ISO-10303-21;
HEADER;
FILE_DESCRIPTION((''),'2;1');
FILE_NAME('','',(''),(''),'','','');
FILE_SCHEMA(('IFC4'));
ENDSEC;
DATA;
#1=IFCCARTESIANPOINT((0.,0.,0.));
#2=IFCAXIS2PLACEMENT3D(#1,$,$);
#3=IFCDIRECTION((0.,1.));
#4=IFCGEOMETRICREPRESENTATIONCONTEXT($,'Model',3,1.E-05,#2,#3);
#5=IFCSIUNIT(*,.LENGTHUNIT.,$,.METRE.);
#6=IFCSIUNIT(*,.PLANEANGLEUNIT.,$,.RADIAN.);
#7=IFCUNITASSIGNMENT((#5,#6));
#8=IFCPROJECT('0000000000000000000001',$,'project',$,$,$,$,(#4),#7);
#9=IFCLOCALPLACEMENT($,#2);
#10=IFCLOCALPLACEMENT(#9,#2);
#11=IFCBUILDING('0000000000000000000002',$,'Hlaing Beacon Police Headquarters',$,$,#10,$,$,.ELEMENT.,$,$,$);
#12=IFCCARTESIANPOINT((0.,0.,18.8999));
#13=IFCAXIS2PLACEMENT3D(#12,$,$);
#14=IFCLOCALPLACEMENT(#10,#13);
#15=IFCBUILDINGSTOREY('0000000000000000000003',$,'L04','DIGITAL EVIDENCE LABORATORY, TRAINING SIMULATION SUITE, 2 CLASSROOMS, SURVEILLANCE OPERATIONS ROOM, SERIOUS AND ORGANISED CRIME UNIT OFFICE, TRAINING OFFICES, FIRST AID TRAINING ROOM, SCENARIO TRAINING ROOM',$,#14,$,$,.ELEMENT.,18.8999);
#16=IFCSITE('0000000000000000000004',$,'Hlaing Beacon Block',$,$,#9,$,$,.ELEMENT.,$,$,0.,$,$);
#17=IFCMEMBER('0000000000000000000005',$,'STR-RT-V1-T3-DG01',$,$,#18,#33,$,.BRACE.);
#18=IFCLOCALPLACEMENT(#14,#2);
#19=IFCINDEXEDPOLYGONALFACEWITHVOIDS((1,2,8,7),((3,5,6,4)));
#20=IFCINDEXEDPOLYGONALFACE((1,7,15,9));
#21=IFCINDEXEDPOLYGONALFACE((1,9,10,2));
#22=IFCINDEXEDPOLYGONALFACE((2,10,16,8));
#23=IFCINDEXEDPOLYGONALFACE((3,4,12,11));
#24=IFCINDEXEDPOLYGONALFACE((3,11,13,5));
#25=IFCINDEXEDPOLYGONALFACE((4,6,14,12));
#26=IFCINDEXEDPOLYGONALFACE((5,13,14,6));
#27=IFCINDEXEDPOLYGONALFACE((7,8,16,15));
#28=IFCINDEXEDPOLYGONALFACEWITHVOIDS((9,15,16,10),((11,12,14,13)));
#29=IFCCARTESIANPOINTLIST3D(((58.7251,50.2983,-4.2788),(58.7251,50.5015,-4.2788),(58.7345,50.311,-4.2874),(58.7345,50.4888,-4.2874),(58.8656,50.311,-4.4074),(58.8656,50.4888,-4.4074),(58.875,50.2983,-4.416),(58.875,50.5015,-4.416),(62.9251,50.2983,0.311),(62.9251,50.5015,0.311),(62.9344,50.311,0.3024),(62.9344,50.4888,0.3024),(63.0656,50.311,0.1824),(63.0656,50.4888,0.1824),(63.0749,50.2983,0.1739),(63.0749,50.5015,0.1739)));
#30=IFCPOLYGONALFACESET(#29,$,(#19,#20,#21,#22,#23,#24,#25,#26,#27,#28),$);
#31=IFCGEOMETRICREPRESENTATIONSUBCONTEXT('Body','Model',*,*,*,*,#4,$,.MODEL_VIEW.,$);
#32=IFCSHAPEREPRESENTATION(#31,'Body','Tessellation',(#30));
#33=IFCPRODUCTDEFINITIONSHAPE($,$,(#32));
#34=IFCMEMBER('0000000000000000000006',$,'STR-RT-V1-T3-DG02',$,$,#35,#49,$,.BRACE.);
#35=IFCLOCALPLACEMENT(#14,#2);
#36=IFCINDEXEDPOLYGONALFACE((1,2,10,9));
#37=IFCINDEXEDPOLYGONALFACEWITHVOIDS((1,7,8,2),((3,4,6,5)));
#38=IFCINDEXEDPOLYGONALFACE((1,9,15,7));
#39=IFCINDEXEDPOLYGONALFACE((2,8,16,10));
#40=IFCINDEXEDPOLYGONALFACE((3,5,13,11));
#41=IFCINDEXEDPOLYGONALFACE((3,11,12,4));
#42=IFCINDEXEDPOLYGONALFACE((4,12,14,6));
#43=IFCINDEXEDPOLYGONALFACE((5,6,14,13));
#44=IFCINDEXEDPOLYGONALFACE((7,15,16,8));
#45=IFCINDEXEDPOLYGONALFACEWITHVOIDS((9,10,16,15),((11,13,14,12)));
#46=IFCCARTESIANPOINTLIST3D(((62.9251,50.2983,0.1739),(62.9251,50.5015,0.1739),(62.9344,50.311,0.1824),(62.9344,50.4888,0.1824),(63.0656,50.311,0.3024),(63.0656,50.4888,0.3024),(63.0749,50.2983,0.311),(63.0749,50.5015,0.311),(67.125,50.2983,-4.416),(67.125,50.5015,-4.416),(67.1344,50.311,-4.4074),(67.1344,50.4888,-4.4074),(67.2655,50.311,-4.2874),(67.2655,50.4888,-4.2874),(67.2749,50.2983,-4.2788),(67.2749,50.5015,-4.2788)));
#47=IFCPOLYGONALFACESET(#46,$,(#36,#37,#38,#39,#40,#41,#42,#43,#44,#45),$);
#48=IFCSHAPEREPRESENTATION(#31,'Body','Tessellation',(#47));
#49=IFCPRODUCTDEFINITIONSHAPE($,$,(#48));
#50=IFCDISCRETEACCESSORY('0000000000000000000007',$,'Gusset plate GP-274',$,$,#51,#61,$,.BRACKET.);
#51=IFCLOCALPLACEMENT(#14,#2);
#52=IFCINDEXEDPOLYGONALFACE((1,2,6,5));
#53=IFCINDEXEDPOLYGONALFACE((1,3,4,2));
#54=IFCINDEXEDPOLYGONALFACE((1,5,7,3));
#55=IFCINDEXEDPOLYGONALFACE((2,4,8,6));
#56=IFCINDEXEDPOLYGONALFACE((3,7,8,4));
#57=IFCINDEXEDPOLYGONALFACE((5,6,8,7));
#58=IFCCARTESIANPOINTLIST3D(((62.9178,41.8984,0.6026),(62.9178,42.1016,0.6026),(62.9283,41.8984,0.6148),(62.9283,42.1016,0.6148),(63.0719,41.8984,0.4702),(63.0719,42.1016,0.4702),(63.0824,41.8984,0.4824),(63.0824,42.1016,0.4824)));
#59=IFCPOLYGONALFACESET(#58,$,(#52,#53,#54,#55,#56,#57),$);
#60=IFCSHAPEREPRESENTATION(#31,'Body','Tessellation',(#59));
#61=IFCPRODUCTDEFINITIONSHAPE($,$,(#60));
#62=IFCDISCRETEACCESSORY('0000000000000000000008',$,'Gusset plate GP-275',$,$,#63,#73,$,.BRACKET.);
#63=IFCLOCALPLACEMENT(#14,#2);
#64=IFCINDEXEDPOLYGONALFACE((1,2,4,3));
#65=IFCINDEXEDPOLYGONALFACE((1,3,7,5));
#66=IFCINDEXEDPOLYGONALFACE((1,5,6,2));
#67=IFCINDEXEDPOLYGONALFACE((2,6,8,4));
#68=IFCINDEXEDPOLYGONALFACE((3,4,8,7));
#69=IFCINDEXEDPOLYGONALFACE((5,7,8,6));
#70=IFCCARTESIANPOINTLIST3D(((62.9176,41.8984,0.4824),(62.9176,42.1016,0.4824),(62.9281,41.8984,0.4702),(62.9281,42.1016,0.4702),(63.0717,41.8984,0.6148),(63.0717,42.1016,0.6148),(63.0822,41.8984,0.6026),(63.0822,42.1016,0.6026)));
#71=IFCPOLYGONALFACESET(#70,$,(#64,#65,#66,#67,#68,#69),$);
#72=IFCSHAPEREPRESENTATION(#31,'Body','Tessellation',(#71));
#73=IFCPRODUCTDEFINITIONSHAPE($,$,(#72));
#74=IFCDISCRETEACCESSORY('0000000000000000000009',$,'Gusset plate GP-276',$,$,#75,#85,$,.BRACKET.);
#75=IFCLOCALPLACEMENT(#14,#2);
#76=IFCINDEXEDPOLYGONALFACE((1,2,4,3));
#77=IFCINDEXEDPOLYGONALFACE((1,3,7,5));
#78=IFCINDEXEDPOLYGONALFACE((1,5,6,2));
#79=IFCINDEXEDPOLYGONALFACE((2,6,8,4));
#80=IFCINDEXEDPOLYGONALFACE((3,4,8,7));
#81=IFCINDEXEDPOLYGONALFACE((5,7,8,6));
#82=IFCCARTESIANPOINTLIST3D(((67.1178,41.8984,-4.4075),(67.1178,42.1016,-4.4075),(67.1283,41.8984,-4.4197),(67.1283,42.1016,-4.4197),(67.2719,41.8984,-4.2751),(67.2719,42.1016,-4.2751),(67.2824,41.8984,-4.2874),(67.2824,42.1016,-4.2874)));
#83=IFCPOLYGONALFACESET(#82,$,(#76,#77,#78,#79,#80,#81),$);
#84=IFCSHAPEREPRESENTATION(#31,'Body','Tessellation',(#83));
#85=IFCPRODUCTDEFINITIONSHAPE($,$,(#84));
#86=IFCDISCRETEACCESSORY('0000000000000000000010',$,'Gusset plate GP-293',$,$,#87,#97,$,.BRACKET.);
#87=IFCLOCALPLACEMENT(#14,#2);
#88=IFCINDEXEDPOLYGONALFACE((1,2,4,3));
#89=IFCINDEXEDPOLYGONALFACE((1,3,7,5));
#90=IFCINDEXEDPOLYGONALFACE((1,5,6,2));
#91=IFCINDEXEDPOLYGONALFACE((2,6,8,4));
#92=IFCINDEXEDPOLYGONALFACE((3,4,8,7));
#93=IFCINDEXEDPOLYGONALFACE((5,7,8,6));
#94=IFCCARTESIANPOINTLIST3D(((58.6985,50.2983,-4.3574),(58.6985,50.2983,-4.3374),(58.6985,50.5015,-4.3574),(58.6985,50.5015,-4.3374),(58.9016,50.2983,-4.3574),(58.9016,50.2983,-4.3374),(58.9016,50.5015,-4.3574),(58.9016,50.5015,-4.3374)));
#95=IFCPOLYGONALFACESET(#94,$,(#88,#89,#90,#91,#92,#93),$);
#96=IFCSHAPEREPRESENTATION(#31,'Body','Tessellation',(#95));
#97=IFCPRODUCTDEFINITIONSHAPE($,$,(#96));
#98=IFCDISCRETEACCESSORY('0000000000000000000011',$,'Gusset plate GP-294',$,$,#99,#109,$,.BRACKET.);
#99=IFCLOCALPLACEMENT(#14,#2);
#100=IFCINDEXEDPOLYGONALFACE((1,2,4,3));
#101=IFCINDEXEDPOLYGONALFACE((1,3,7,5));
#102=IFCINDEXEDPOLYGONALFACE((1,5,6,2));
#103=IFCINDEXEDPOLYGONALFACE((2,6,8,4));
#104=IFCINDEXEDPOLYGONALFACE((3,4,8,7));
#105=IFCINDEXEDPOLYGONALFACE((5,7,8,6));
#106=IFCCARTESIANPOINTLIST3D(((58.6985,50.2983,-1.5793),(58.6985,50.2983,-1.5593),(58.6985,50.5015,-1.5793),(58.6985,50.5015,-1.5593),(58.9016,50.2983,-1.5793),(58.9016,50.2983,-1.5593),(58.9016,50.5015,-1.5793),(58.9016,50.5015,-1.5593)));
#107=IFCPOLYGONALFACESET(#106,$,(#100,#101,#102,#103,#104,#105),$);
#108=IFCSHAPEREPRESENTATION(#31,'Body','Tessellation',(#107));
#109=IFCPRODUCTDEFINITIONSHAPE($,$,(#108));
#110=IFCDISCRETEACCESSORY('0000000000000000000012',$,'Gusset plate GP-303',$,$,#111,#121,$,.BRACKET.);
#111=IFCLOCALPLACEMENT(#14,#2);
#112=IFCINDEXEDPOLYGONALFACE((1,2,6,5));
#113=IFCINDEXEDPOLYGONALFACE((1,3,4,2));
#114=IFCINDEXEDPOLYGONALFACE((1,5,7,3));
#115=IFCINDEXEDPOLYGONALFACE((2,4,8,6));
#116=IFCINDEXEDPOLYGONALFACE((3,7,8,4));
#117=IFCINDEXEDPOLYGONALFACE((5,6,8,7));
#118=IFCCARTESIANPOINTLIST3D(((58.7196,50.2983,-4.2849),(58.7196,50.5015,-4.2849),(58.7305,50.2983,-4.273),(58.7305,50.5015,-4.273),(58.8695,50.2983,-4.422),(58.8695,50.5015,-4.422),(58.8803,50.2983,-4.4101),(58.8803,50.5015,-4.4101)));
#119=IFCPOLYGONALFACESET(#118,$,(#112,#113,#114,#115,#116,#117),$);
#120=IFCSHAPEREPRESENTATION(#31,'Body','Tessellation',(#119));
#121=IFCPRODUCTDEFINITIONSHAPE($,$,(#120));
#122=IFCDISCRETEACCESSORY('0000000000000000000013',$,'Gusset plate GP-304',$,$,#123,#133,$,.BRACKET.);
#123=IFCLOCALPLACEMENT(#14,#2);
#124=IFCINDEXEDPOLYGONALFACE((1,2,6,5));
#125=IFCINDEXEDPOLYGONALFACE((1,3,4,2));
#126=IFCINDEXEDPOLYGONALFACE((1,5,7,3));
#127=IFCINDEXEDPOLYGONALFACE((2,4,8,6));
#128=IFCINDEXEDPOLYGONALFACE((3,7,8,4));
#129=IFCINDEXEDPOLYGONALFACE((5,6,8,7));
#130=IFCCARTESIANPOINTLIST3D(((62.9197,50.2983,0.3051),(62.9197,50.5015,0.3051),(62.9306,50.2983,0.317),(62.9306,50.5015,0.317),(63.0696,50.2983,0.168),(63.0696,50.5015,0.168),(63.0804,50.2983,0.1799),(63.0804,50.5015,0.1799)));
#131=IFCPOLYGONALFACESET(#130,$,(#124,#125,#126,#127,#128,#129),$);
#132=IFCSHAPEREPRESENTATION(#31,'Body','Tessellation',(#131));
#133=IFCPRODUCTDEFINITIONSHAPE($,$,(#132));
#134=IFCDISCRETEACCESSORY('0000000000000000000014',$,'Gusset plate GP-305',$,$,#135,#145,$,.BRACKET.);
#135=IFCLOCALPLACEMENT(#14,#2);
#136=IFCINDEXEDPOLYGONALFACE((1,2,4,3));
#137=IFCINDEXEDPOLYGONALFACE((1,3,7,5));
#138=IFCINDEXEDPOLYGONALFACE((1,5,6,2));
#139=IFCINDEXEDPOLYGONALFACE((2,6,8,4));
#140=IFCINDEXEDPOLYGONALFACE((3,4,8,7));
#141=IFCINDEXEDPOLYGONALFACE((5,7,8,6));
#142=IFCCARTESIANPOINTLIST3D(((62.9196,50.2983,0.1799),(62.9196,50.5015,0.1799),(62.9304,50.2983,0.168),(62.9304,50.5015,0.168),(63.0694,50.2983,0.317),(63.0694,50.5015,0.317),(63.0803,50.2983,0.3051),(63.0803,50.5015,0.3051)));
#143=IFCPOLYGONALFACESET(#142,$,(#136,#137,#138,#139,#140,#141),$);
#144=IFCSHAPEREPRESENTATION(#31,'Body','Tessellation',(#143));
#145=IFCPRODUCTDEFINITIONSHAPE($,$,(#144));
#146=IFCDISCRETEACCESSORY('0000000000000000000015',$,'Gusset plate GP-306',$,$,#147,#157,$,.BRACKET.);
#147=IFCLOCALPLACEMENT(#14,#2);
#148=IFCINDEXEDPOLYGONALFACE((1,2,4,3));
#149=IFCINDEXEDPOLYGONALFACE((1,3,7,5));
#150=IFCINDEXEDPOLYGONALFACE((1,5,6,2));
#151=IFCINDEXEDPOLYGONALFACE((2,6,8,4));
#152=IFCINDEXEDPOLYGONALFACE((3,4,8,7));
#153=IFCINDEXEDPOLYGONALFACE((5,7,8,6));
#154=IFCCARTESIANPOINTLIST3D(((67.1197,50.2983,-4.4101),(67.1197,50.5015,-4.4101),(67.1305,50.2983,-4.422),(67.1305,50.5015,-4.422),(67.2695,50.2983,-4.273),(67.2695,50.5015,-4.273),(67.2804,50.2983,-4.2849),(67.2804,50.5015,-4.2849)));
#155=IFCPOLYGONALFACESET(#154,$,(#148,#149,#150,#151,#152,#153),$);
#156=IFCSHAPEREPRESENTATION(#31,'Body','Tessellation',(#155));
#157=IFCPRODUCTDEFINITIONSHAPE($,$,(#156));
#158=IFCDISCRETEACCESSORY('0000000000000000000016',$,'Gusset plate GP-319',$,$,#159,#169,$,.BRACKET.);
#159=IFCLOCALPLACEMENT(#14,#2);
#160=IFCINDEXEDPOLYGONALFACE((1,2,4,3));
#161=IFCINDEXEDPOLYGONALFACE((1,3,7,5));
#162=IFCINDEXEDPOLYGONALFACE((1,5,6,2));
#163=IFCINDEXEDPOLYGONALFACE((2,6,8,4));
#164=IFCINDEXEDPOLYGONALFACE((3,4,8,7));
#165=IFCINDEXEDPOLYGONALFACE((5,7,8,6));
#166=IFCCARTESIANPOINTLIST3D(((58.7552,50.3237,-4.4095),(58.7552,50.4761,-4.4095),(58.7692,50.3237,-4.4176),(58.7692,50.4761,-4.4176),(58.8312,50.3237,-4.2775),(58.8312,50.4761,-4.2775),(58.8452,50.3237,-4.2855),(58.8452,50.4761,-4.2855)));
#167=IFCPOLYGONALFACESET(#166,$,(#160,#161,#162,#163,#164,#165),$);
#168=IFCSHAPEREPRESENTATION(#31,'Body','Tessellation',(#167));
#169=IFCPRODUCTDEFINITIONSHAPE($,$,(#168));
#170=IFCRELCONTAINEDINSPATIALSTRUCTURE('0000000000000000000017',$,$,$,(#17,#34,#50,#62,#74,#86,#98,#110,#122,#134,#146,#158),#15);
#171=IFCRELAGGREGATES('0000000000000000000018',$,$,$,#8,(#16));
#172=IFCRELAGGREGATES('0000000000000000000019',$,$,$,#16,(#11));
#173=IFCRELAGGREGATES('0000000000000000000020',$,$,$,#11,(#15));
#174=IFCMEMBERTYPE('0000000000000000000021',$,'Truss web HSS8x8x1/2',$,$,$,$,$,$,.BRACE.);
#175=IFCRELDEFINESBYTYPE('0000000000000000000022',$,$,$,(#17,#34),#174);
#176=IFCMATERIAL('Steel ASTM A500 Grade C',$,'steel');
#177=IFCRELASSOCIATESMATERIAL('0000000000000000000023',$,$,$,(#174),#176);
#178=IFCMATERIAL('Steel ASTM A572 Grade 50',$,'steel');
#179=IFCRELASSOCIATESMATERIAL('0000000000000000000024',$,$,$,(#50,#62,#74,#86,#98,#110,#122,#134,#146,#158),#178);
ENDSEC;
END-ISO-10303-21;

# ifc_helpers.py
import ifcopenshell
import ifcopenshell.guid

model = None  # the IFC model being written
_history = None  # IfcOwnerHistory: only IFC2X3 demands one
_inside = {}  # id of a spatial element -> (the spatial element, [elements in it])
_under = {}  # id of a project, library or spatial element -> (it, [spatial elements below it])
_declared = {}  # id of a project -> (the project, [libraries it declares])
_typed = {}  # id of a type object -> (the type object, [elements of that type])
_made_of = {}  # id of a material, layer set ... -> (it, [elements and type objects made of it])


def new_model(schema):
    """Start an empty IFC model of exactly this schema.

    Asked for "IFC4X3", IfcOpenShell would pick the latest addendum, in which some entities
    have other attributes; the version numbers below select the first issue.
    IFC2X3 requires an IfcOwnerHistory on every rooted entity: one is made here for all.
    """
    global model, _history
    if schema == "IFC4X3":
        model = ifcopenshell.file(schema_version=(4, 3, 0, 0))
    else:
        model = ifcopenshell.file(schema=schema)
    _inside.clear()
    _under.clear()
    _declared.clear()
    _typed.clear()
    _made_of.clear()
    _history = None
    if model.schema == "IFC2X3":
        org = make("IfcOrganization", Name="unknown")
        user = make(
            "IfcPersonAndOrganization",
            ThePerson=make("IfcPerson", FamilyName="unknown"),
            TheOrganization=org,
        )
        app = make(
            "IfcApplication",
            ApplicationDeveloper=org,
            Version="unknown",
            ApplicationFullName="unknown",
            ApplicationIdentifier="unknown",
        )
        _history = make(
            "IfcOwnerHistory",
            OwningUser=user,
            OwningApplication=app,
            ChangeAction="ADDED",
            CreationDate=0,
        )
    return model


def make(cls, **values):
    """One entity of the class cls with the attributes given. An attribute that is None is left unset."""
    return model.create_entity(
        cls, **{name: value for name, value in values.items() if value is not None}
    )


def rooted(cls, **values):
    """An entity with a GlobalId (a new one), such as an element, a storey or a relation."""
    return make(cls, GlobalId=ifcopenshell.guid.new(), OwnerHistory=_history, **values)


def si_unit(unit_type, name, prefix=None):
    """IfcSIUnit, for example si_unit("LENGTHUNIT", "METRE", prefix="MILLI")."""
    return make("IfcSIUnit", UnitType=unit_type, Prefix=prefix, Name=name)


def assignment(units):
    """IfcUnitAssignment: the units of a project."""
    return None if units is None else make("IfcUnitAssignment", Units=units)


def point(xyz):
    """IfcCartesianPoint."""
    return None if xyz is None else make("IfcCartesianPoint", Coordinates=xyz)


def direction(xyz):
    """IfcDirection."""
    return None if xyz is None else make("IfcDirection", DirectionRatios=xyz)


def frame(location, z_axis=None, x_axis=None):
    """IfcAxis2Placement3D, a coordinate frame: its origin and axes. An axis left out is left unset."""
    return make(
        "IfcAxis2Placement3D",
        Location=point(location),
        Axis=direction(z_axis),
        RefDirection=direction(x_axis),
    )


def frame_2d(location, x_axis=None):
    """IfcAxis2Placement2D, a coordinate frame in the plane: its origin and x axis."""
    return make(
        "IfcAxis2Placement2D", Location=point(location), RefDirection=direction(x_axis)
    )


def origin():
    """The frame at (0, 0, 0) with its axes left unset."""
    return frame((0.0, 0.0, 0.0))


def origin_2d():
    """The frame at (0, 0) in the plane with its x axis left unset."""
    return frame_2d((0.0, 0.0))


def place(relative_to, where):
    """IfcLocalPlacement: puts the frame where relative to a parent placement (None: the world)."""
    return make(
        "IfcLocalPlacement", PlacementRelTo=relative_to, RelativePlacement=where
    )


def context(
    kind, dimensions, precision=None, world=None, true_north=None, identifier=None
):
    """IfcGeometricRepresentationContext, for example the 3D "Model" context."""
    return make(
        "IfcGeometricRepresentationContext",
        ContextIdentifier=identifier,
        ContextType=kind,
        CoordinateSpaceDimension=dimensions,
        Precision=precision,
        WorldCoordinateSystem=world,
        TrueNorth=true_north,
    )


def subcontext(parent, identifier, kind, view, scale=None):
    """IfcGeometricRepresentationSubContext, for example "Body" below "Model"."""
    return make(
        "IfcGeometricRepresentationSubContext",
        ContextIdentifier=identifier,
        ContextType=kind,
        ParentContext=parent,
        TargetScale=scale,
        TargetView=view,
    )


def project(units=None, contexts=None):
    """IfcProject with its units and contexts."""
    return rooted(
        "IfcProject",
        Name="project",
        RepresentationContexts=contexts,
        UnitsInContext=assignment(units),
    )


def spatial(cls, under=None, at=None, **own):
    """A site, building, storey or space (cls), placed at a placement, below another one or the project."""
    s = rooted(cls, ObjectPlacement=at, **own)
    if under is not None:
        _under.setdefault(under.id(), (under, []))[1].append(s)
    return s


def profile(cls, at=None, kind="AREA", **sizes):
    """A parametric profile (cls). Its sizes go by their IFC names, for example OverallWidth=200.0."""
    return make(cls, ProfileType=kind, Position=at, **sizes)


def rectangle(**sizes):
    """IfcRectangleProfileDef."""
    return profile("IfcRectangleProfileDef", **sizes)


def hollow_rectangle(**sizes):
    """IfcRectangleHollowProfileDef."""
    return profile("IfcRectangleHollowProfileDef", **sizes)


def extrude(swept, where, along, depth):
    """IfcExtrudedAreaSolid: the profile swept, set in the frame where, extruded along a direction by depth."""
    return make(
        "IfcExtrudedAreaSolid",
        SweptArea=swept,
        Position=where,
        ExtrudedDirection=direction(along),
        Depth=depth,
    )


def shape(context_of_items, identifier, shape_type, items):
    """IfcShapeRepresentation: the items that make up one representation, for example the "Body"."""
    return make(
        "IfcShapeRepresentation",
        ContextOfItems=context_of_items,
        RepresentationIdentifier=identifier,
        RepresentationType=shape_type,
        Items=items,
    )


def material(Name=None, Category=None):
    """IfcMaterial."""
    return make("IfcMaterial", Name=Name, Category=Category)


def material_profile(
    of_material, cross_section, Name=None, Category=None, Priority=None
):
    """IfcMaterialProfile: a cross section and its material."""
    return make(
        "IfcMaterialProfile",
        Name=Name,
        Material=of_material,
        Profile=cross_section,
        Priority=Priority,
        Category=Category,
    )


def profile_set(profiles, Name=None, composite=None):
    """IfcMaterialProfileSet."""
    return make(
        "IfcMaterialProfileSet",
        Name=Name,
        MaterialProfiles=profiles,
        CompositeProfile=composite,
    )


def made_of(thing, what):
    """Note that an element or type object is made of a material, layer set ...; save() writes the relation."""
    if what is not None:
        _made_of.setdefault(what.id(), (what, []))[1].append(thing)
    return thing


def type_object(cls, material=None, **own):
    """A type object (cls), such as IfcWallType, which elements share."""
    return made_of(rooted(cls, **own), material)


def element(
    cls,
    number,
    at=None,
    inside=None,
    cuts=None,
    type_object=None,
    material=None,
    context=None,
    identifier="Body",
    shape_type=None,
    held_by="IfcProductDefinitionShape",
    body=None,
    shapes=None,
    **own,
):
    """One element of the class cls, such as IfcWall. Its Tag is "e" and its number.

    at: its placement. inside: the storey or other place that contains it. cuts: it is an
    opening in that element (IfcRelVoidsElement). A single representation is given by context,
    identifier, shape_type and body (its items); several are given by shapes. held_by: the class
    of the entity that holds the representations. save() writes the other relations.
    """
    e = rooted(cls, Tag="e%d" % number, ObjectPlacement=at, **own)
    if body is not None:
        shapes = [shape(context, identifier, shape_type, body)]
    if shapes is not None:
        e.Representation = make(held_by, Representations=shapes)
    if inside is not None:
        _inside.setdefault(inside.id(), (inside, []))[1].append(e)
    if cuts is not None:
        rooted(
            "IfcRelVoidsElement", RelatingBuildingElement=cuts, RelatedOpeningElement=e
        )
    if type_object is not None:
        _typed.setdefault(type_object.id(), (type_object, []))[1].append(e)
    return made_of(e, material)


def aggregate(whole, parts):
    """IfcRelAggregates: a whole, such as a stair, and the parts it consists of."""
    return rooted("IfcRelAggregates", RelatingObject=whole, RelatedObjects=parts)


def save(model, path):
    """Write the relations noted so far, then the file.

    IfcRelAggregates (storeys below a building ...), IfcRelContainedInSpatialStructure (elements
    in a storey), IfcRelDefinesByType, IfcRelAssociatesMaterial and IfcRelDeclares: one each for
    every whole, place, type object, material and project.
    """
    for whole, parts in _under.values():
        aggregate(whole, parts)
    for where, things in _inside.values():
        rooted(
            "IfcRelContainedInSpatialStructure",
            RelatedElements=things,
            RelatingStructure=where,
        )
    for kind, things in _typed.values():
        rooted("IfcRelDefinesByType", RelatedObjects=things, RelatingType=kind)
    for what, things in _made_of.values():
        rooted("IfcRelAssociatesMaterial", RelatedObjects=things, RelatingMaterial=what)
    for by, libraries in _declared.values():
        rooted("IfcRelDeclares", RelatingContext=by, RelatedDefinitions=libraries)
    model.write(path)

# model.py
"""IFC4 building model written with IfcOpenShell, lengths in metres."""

from ifc_helpers import new_model, si_unit, direction, frame, origin, origin_2d, place, context, subcontext, project, spatial, rectangle, hollow_rectangle, extrude, material, material_profile, profile_set, type_object, element, save


model = new_model("IFC4")

# Units and contexts
model_context = context("Model", 3, precision=1e-05, world=origin(), true_north=direction((0.0, 1.0)))
body_context = subcontext(model_context, "Body", "Model", "MODEL_VIEW")
ifc_project = project(units=[si_unit("LENGTHUNIT", "METRE"), si_unit("PLANEANGLEUNIT", "RADIAN")], contexts=[model_context])

# Site, building, storey
site_placement = place(None, origin())
site = spatial("IfcSite", under=ifc_project, at=site_placement, Name="Hlaing Beacon Block", CompositionType="ELEMENT", RefElevation=0.0)
building_placement = place(site_placement, origin())
building = spatial("IfcBuilding", under=site, at=building_placement, Name="Hlaing Beacon Police Headquarters", CompositionType="ELEMENT")
storey_placement = place(building_placement, frame((0.0, 0.0, 18.8999)))
storey = spatial("IfcBuildingStorey", under=building, at=storey_placement, Name="L04", Description="DIGITAL EVIDENCE LABORATORY, TRAINING SIMULATION SUITE, 2 CLASSROOMS, SURVEILLANCE OPERATIONS ROOM, SERIOUS AND ORGANISED CRIME UNIT OFFICE, TRAINING OFFICES, FIRST AID TRAINING ROOM, SCENARIO TRAINING ROOM", CompositionType="ELEMENT", Elevation=18.8999)

# Members
ifc_material_1 = material(Name="Steel ASTM A500 Grade C", Category="steel")
ifc_material_profile_1 = material_profile(ifc_material_1, hollow_rectangle(XDim=0.2031, YDim=0.2031, WallThickness=0.0127, at=origin_2d()), Name="HSS8x8x1/2")
ifc_profile_set_1 = profile_set([ifc_material_profile_1], Name="Steel ASTM A500 Grade C")
member_type_1 = type_object("IfcMemberType", Name="Truss web HSS8x8x1/2", PredefinedType="BRACE", material=ifc_profile_set_1)
for number, where, z_axis, x_axis, name in (
    (1, (58.8, 50.3999, -4.3474), (0.675078, 0.0, 0.737747), (0.0, 1.0, 0.0), "STR-RT-V1-T3-DG01"),
    (2, (63.0, 50.3999, 0.2424), (0.675078, 0.0, -0.737747), (0.0, 1.0, 0.0), "STR-RT-V1-T3-DG02"),
):
    element("IfcMember", number, at=place(storey_placement, frame(where, z_axis=z_axis, x_axis=x_axis)), inside=storey, type_object=member_type_1, Name=name, PredefinedType="BRACE", context=body_context, shape_type="SweptSolid", body=[
        extrude(hollow_rectangle(XDim=0.2031, YDim=0.2031, WallThickness=0.0127, at=origin_2d()), origin(), (0.0, 0.0, 1.0), 6.2214),
    ])

# Discrete accessories
ifc_material_2 = material(Name="Steel ASTM A572 Grade 50", Category="steel")
for number, where, z_axis, x_axis, name in (
    (3, (62.9949, 42.0, 0.5364), (0.651561, 0.0, 0.758596), (0.0, 1.0, 0.0), "Gusset plate GP-274"),
    (4, (63.0051, 42.0, 0.5364), (-0.651561, 0.0, 0.758596), (0.0, -1.0, 0.0), "Gusset plate GP-275"),
    (5, (67.1948, 42.0, -4.3413), (0.651561, 0.0, -0.758596), (0.0, 1.0, 0.0), "Gusset plate GP-276"),
):
    element("IfcDiscreteAccessory", number, at=place(storey_placement, frame(where, z_axis=z_axis, x_axis=x_axis)), inside=storey, material=ifc_material_2, Name=name, PredefinedType="BRACKET", context=body_context, shape_type="SweptSolid", body=[
        extrude(rectangle(XDim=0.2031, YDim=0.2031, at=origin_2d()), origin(), (0.0, 0.0, 1.0), 0.0161),
    ])
for number, where, z_axis, x_axis, name in (
    (6, (58.8, 50.3999, -4.3374), (0.0, 0.0, -1.0), (1.0, 0.0, 0.0), "Gusset plate GP-293"),
    (7, (58.8, 50.3999, -1.5793), (0.0, 0.0, 1.0), (1.0, 0.0, 0.0), "Gusset plate GP-294"),
):
    element("IfcDiscreteAccessory", number, at=place(storey_placement, frame(where, z_axis=z_axis, x_axis=x_axis)), inside=storey, material=ifc_material_2, Name=name, PredefinedType="BRACKET", context=body_context, shape_type="SweptSolid", body=[
        extrude(rectangle(XDim=0.2031, YDim=0.2031, at=origin_2d()), origin(), (0.0, 0.0, 1.0), 0.02),
    ])
for number, where, z_axis, x_axis, name in (
    (8, (58.8054, 50.3999, -4.3416), (-0.675078, 0.0, -0.737747), (0.0, -1.0, 0.0), "Gusset plate GP-303"),
    (9, (62.9946, 50.3999, 0.2366), (0.675078, 0.0, 0.737747), (0.0, 1.0, 0.0), "Gusset plate GP-304"),
    (10, (63.0054, 50.3999, 0.2366), (-0.675078, 0.0, 0.737747), (0.0, -1.0, 0.0), "Gusset plate GP-305"),
    (11, (67.1946, 50.3999, -4.3416), (0.675078, 0.0, -0.737747), (0.0, 1.0, 0.0), "Gusset plate GP-306"),
):
    element("IfcDiscreteAccessory", number, at=place(storey_placement, frame(where, z_axis=z_axis, x_axis=x_axis)), inside=storey, material=ifc_material_2, Name=name, PredefinedType="BRACKET", context=body_context, shape_type="SweptSolid", body=[
        extrude(rectangle(XDim=0.2031, YDim=0.2031, at=origin_2d()), origin(), (0.0, 0.0, 1.0), 0.0161),
    ])
discrete_accessory_placement = place(storey_placement, frame((58.7932, 50.3999, -4.3435), z_axis=(0.86654, 0.0, -0.499107), x_axis=(0.0, 1.0, 0.0)))
element("IfcDiscreteAccessory", 12, at=discrete_accessory_placement, inside=storey, material=ifc_material_2, Name="Gusset plate GP-319", PredefinedType="BRACKET", context=body_context, shape_type="SweptSolid", body=[
    extrude(rectangle(XDim=0.1523, YDim=0.1523, at=origin_2d()), origin(), (0.0, 0.0, 1.0), 0.0161),
])

save(model, "model.ifc")
